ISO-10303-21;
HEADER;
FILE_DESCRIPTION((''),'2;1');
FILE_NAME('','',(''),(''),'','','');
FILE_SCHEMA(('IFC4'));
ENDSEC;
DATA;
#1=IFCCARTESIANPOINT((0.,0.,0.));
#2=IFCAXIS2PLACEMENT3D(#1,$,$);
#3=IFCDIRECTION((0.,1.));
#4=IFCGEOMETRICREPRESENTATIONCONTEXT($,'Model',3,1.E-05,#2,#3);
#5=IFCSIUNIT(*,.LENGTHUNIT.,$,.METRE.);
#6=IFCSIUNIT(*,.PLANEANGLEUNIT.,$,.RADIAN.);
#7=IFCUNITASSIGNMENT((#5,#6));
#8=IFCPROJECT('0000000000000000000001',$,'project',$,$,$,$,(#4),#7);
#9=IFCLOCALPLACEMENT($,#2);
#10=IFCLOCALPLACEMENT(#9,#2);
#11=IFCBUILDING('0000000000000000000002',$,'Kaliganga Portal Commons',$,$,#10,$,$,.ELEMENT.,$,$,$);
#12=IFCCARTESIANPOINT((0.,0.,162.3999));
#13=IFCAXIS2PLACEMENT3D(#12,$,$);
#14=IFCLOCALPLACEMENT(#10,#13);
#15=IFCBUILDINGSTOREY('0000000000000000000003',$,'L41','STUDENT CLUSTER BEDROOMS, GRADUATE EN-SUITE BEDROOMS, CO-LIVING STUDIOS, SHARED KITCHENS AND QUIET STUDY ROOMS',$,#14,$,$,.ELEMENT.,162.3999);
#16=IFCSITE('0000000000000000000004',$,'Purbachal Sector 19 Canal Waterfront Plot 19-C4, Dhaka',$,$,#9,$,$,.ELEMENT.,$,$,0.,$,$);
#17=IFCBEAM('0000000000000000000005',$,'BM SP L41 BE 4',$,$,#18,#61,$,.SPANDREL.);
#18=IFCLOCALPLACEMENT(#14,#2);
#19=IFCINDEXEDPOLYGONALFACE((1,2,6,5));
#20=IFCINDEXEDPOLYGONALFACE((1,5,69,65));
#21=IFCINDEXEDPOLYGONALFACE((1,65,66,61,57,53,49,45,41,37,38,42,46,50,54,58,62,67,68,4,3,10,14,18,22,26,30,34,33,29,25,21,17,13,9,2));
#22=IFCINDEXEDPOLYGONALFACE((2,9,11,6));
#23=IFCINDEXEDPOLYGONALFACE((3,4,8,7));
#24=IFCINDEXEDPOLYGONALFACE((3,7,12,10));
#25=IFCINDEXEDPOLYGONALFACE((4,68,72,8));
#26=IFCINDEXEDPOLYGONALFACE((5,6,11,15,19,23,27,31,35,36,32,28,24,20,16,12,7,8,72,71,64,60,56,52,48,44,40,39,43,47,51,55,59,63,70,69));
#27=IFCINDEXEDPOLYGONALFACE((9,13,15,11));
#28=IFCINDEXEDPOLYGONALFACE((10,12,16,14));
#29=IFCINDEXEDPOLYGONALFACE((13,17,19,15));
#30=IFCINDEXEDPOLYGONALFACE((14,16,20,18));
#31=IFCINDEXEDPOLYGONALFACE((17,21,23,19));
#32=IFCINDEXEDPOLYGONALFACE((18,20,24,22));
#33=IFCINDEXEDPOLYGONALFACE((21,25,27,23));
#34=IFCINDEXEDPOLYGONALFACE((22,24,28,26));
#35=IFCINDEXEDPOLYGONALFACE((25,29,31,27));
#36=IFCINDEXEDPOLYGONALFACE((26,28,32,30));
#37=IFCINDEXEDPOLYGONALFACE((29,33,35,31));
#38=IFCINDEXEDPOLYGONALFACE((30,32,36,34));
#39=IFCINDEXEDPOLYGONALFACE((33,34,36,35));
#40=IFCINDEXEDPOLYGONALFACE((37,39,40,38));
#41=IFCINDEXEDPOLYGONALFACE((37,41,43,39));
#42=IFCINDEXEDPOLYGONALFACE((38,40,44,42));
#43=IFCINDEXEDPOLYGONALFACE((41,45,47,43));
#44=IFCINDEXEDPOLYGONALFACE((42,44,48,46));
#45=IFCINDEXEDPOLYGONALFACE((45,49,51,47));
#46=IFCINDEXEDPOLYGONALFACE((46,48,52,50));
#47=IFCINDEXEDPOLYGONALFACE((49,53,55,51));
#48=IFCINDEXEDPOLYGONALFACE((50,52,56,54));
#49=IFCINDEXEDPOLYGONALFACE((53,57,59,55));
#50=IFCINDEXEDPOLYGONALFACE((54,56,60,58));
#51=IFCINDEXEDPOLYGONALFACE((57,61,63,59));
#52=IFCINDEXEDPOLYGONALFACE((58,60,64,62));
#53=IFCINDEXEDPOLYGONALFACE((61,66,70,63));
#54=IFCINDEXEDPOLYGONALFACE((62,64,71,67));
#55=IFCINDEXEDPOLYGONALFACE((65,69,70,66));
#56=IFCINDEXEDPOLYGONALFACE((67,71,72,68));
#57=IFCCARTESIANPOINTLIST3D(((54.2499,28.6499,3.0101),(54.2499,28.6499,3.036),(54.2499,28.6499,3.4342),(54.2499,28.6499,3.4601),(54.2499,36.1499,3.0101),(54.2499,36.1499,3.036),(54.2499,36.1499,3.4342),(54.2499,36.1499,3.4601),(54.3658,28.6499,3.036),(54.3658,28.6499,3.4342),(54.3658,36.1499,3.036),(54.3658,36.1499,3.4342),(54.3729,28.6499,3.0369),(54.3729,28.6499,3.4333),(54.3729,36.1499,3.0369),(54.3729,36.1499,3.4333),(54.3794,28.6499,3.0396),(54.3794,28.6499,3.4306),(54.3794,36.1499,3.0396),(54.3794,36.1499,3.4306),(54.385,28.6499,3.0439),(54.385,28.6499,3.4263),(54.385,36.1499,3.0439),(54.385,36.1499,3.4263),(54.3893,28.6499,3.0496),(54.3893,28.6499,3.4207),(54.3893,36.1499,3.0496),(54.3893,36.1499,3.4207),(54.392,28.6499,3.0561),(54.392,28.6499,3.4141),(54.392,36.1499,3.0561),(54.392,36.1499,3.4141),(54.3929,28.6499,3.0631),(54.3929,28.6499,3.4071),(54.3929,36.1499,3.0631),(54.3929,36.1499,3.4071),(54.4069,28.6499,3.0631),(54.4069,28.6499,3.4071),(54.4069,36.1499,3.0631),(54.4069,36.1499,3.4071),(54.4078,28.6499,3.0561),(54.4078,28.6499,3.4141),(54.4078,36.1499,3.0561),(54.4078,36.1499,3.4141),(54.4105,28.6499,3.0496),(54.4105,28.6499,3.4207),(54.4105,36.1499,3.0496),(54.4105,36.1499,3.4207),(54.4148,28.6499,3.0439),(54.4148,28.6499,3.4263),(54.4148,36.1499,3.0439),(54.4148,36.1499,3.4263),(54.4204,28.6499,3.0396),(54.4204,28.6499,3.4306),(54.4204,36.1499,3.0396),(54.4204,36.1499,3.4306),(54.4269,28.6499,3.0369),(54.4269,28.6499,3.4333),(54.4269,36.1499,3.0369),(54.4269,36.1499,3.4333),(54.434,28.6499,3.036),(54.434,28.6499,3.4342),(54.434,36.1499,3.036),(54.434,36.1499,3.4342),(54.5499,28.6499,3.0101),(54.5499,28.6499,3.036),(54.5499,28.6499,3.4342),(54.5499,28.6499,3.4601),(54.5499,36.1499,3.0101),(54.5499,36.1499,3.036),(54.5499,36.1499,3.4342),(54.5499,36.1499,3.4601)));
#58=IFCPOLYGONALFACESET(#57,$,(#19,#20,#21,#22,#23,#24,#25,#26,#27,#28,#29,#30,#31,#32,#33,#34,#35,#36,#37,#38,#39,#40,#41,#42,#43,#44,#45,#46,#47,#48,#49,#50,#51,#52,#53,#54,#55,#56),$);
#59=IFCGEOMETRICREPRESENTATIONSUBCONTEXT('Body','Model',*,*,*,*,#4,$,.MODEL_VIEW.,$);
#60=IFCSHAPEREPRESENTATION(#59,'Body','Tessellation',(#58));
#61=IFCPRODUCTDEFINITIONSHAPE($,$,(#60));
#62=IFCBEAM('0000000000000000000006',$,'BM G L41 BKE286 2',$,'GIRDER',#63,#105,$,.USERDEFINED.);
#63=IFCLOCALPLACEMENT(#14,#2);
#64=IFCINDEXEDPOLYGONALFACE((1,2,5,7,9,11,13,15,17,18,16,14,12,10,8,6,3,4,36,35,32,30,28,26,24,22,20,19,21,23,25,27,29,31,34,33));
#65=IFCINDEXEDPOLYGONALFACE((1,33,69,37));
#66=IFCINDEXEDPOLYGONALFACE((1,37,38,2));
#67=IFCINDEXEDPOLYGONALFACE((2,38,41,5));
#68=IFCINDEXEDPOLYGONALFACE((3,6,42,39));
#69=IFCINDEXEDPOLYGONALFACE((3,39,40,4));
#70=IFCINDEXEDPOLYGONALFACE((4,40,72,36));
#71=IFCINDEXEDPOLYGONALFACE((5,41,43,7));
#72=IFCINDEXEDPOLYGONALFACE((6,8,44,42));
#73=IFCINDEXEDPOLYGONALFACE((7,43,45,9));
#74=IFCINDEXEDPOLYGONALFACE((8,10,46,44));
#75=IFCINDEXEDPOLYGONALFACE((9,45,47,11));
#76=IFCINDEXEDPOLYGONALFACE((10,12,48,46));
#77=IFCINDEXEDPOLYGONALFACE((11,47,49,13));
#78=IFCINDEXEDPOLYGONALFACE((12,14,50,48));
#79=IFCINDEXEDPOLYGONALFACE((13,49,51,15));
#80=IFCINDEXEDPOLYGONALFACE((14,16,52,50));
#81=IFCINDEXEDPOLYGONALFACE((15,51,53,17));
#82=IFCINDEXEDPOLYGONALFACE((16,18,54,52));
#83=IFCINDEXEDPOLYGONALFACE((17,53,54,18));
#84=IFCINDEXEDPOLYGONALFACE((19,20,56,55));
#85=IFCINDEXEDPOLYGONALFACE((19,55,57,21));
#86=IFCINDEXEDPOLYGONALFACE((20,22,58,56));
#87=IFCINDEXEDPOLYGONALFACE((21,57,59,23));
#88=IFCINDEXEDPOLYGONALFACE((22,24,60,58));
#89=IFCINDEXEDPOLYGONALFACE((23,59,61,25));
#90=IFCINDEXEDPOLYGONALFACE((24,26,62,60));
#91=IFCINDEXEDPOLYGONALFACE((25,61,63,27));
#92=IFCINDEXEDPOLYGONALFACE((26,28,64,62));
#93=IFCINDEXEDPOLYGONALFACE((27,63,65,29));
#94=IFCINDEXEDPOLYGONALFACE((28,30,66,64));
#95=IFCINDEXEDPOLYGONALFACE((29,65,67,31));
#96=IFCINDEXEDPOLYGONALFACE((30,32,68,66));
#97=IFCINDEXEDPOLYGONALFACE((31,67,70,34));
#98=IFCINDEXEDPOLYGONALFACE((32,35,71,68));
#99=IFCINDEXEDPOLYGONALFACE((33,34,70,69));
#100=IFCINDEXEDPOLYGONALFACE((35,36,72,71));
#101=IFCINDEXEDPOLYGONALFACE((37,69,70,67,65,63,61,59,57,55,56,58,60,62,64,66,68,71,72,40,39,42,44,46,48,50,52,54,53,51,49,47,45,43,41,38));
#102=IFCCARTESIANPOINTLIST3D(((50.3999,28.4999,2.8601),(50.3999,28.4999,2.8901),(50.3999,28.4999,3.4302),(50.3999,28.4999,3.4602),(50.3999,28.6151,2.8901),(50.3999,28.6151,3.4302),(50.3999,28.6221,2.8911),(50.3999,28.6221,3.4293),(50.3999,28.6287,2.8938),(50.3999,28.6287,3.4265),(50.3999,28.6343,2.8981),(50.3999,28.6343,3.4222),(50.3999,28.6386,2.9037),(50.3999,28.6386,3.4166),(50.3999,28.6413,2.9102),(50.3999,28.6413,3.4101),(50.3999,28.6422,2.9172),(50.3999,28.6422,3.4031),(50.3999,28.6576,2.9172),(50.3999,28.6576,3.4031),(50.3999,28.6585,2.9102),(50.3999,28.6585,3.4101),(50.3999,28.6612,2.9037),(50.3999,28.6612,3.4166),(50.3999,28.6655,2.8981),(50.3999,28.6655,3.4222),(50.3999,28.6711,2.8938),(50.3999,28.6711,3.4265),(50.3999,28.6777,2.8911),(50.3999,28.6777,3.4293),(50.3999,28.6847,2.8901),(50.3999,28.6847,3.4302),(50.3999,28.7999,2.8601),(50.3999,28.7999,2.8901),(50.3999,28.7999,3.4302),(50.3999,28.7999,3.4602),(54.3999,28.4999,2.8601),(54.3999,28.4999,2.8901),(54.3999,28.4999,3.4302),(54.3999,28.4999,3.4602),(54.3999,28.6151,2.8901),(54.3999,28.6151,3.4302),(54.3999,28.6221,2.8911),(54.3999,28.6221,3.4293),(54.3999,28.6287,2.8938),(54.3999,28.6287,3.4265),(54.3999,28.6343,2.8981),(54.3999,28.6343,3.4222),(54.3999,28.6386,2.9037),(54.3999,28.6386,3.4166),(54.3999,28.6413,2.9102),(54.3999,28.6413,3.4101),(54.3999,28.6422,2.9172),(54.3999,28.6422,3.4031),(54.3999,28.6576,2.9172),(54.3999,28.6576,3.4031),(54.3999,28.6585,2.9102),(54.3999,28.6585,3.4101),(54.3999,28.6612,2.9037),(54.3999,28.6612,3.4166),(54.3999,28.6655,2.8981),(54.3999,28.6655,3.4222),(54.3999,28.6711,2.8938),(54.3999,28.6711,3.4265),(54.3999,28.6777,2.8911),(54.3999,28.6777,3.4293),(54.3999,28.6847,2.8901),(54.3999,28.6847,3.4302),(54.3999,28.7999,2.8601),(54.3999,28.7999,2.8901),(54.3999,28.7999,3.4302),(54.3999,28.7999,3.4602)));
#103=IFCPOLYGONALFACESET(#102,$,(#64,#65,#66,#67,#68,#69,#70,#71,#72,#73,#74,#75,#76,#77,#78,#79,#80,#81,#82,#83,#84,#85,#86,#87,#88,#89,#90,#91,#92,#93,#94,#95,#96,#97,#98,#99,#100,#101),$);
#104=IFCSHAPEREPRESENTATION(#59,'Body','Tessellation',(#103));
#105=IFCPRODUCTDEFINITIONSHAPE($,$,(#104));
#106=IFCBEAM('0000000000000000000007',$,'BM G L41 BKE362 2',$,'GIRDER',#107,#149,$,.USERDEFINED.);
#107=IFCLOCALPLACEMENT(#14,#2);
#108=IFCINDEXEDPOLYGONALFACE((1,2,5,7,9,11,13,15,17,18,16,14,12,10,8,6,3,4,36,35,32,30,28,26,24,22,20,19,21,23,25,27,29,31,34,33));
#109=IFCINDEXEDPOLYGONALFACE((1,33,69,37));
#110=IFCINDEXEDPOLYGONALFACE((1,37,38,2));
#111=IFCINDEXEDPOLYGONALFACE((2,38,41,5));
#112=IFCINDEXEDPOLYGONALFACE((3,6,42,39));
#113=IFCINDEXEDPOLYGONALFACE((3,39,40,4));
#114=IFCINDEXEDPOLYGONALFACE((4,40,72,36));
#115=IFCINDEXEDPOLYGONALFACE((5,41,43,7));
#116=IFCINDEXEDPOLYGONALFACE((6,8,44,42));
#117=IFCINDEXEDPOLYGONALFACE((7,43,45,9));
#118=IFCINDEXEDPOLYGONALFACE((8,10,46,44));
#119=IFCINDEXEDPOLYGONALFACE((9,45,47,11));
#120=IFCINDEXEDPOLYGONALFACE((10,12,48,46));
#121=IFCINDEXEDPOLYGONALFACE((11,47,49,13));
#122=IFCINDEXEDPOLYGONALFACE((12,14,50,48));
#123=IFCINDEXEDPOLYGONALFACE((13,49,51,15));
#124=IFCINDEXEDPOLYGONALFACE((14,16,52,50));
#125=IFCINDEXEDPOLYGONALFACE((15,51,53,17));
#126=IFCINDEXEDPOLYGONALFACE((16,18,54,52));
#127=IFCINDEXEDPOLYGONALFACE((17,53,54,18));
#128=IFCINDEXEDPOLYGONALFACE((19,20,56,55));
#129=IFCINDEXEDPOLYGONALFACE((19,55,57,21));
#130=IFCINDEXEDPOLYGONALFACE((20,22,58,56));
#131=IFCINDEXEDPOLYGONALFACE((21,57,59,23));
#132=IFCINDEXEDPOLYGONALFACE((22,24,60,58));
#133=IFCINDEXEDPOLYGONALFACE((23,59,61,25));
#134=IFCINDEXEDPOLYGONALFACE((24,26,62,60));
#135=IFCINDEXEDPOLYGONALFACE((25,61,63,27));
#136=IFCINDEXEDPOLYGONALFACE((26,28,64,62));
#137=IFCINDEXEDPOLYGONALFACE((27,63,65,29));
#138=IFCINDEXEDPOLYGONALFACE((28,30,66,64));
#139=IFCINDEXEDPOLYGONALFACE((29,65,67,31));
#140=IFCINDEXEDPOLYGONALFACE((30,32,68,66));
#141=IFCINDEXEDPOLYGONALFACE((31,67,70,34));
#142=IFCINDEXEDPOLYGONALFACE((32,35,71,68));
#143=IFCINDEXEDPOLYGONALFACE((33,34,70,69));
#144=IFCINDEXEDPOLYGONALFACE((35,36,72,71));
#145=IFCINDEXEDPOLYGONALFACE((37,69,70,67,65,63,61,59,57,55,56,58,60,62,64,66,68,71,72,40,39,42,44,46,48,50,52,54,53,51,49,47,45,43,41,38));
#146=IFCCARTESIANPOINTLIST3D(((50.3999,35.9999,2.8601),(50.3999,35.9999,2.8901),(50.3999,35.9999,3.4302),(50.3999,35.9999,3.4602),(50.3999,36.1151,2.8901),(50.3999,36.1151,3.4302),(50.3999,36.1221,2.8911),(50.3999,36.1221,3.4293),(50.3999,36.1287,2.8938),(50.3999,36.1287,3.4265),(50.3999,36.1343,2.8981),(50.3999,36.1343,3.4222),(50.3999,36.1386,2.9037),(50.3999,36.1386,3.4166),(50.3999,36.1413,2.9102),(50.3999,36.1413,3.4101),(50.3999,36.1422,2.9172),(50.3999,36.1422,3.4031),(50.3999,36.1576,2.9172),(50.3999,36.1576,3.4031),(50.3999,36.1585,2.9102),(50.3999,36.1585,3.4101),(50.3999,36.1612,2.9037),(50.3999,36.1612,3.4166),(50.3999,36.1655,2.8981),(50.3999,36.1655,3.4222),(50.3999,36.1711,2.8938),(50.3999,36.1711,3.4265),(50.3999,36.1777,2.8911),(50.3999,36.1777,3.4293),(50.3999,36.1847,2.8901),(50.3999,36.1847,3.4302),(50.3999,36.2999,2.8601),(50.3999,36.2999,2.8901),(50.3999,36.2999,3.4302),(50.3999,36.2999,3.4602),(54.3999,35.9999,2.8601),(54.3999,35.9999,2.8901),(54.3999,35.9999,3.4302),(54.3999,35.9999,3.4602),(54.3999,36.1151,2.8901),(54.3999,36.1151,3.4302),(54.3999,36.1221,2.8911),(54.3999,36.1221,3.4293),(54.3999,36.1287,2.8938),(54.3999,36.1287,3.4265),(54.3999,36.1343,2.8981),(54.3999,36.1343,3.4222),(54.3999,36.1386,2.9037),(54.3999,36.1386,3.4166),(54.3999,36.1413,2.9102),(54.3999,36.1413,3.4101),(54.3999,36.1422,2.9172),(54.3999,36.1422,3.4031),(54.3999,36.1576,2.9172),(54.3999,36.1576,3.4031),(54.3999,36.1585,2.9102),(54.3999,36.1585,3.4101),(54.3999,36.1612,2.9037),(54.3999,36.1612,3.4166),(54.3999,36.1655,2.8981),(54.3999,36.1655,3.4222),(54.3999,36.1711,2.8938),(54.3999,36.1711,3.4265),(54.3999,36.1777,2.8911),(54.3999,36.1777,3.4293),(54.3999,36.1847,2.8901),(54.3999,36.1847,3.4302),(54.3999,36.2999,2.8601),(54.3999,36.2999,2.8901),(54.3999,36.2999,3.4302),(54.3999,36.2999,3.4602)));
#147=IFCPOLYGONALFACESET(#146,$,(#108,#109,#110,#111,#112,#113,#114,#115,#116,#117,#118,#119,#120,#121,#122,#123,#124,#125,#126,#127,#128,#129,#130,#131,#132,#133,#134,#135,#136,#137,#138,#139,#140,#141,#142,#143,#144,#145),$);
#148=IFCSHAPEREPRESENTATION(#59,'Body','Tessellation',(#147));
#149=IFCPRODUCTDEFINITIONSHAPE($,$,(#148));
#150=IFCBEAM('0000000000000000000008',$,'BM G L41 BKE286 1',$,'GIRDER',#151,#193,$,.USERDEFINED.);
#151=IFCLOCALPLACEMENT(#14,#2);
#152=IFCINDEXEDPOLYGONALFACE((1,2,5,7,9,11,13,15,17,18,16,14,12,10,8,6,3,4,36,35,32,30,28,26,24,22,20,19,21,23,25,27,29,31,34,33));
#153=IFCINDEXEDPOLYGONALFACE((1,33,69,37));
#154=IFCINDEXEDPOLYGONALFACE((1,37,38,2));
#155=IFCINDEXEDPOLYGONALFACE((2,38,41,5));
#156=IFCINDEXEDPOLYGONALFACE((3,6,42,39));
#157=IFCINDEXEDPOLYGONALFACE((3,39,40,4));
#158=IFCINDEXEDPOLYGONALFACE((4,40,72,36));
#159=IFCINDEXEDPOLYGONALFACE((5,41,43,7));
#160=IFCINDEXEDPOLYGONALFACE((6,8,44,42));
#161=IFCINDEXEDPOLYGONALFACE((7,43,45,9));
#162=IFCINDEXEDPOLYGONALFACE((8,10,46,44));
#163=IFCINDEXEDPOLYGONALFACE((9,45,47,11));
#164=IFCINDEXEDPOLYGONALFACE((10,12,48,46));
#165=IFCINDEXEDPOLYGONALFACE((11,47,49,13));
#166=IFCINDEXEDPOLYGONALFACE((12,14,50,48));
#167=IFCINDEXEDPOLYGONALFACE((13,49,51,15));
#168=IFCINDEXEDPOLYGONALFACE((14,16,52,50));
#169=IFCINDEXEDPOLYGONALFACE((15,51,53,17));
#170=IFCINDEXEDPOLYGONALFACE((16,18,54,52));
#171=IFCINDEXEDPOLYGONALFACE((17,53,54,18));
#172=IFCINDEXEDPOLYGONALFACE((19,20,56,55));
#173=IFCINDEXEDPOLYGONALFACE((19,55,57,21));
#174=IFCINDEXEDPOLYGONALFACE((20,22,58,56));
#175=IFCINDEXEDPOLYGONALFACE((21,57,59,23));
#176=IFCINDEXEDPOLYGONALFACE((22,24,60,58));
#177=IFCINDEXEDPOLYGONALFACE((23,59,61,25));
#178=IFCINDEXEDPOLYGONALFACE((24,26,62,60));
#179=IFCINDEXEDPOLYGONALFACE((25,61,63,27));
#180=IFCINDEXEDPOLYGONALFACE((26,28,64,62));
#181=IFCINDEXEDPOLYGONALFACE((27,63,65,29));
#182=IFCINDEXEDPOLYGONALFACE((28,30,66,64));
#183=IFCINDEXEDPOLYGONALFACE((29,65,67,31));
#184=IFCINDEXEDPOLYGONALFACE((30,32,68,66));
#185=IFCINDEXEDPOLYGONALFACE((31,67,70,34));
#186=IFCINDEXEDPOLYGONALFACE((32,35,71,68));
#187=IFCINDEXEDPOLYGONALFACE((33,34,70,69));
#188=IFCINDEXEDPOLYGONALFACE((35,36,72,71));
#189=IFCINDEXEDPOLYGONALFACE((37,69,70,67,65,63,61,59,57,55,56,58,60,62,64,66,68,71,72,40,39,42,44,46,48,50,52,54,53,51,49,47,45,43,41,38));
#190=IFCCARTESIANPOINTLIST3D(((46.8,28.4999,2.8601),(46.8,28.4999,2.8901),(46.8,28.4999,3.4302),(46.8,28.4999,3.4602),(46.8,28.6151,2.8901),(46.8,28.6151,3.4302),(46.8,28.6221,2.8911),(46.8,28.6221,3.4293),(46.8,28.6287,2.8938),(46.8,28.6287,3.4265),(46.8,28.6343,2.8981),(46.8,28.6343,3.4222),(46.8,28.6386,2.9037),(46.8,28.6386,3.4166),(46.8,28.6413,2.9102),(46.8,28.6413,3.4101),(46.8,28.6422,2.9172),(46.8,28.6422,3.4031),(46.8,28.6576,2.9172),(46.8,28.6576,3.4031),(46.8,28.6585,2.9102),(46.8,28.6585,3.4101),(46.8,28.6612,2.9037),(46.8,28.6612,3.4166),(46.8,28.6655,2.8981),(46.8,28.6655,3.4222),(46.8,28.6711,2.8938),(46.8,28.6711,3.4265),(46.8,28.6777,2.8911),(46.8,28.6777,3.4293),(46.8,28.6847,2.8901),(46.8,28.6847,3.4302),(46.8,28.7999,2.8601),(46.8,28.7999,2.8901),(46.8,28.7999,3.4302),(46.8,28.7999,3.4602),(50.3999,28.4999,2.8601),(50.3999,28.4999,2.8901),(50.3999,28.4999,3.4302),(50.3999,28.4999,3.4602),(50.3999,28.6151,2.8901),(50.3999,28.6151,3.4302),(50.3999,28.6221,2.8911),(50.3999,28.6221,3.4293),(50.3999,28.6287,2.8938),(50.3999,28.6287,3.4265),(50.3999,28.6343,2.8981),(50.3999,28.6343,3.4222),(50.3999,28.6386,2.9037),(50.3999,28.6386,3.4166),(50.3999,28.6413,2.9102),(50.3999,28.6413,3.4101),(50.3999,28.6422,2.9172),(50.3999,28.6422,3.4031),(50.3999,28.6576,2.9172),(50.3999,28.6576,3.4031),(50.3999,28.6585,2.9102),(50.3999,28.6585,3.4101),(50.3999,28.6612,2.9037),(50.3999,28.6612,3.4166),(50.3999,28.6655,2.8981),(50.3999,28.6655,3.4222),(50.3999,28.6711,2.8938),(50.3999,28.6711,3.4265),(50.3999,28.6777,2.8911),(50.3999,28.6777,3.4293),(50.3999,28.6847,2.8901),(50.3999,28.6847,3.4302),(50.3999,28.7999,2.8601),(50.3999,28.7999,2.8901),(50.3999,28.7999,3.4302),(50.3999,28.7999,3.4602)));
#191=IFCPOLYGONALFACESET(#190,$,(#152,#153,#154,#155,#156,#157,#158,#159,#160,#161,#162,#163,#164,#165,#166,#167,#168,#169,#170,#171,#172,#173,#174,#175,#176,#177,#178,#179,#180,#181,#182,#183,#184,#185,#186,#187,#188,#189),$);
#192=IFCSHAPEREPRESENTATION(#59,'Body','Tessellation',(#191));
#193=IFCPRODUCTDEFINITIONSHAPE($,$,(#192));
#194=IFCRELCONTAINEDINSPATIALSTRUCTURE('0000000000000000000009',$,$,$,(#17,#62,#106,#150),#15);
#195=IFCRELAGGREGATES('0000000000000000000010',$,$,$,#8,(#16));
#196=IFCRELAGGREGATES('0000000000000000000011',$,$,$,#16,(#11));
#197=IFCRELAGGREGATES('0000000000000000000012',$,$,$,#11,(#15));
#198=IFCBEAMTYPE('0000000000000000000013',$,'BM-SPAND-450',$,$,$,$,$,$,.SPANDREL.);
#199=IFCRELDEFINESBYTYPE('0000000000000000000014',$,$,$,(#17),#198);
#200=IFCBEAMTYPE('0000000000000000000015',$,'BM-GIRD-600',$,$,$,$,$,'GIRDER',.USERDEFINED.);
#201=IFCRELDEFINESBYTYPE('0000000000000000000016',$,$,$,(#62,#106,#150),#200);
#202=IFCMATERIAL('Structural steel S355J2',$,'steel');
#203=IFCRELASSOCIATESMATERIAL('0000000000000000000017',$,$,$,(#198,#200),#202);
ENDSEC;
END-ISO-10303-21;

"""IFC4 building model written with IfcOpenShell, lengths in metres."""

from ifc_helpers import new_model, si_unit, direction, frame, origin, origin_2d, place, context, subcontext, project, spatial, i_section, extrude, source, transform, mapped, material, material_profile, profile_set, type_object, element, save


model = new_model("IFC4")

# Units and contexts
model_context = context("Model", 3, precision=1e-05, world=origin(), true_north=direction((0.0, 1.0)))
body_context = subcontext(model_context, "Body", "Model", "MODEL_VIEW")
ifc_project = project(units=[si_unit("LENGTHUNIT", "METRE"), si_unit("PLANEANGLEUNIT", "RADIAN")], contexts=[model_context])

# Site, building, storey
site_placement = place(None, origin())
site = spatial("IfcSite", under=ifc_project, at=site_placement, Name="Purbachal Sector 19 Canal Waterfront Plot 19-C4, Dhaka", CompositionType="ELEMENT", RefElevation=0.0)
building_placement = place(site_placement, origin())
building = spatial("IfcBuilding", under=site, at=building_placement, Name="Kaliganga Portal Commons", CompositionType="ELEMENT")
storey_placement = place(building_placement, frame((0.0, 0.0, 162.3999)))
storey = spatial("IfcBuildingStorey", under=building, at=storey_placement, Name="L41", Description="STUDENT CLUSTER BEDROOMS, GRADUATE EN-SUITE BEDROOMS, CO-LIVING STUDIOS, SHARED KITCHENS AND QUIET STUDY ROOMS", CompositionType="ELEMENT", Elevation=162.3999)

# Beams
ifc_material_1 = material(Name="Structural steel S355J2", Category="steel")
ifc_material_profile_1 = material_profile(ifc_material_1, i_section(OverallWidth=0.3, OverallDepth=0.45, WebThickness=0.0139, FlangeThickness=0.0259, FilletRadius=0.0271, at=origin_2d()), Name="HE 450 B")
ifc_profile_set_1 = profile_set([ifc_material_profile_1], Name="Structural steel S355J2 wide-flange")
beam_type_1 = type_object("IfcBeamType", Name="BM-SPAND-450", PredefinedType="SPANDREL", material=ifc_profile_set_1)
shared_shape_1 = source(origin(), body_context, "Body", "SweptSolid", [
    extrude(i_section(OverallWidth=0.3, OverallDepth=0.45, WebThickness=0.0139, FlangeThickness=0.0259, FilletRadius=0.0271, at=origin_2d()), origin(), (0.0, 0.0, 1.0), 7.5),
])
beam_1_placement = place(storey_placement, frame((54.3999, 28.6499, 3.2351), z_axis=(0.0, 1.0, 0.0), x_axis=(-1.0, 0.0, 0.0)))
element("IfcBeam", 1, at=beam_1_placement, inside=storey, type_object=beam_type_1, Name="BM SP L41 BE 4", PredefinedType="SPANDREL", context=body_context, shape_type="MappedRepresentation", body=[
    mapped(shared_shape_1, transform((0.0, 0.0, 0.0), x_axis=(1.0, 0.0, 0.0), y_axis=(0.0, 1.0, 0.0), z_axis=(0.0, 0.0, 1.0), scale=1.0)),
])
ifc_material_profile_2 = material_profile(ifc_material_1, i_section(OverallWidth=0.3, OverallDepth=0.6001, WebThickness=0.0154, FlangeThickness=0.03, FilletRadius=0.0271, at=origin_2d()), Name="HE 600 B")
ifc_profile_set_2 = profile_set([ifc_material_profile_2], Name="Structural steel S355J2 wide-flange")
beam_type_2 = type_object("IfcBeamType", Name="BM-GIRD-600", ElementType="GIRDER", PredefinedType="USERDEFINED", material=ifc_profile_set_2)
shared_shape_2 = source(origin(), body_context, "Body", "SweptSolid", [
    extrude(i_section(OverallWidth=0.3, OverallDepth=0.6001, WebThickness=0.0154, FlangeThickness=0.03, FilletRadius=0.0271, at=origin_2d()), origin(), (0.0, 0.0, 1.0), 4.0),
])
for number, where, z_axis, x_axis, name in (
    (2, (50.3999, 28.6499, 3.1602), (1.0, 0.0, 0.0), (0.0, 1.0, 0.0), "BM G L41 BKE286 2"),
    (3, (50.3999, 36.1499, 3.1602), (1.0, 0.0, 0.0), (0.0, 1.0, 0.0), "BM G L41 BKE362 2"),
):
    element("IfcBeam", number, at=place(storey_placement, frame(where, z_axis=z_axis, x_axis=x_axis)), inside=storey, type_object=beam_type_2, Name=name, ObjectType="GIRDER", PredefinedType="USERDEFINED", context=body_context, shape_type="MappedRepresentation", body=[
        mapped(shared_shape_2, transform((0.0, 0.0, 0.0), x_axis=(1.0, 0.0, 0.0), y_axis=(0.0, 1.0, 0.0), z_axis=(0.0, 0.0, 1.0), scale=1.0)),
    ])
shared_shape_3 = source(origin(), body_context, "Body", "SweptSolid", [
    extrude(i_section(OverallWidth=0.3, OverallDepth=0.6001, WebThickness=0.0154, FlangeThickness=0.03, FilletRadius=0.0271, at=origin_2d()), origin(), (0.0, 0.0, 1.0), 3.5999),
])
for number, where, z_axis, x_axis, name in (
    (4, (46.8, 28.6499, 3.1602), (1.0, 0.0, 0.0), (0.0, 1.0, 0.0), "BM G L41 BKE286 1"),
):
    element("IfcBeam", number, at=place(storey_placement, frame(where, z_axis=z_axis, x_axis=x_axis)), inside=storey, type_object=beam_type_2, Name=name, ObjectType="GIRDER", PredefinedType="USERDEFINED", context=body_context, shape_type="MappedRepresentation", body=[
        mapped(shared_shape_3, transform((0.0, 0.0, 0.0), x_axis=(1.0, 0.0, 0.0), y_axis=(0.0, 1.0, 0.0), z_axis=(0.0, 0.0, 1.0), scale=1.0)),
    ])

save(model, "model.ifc")
